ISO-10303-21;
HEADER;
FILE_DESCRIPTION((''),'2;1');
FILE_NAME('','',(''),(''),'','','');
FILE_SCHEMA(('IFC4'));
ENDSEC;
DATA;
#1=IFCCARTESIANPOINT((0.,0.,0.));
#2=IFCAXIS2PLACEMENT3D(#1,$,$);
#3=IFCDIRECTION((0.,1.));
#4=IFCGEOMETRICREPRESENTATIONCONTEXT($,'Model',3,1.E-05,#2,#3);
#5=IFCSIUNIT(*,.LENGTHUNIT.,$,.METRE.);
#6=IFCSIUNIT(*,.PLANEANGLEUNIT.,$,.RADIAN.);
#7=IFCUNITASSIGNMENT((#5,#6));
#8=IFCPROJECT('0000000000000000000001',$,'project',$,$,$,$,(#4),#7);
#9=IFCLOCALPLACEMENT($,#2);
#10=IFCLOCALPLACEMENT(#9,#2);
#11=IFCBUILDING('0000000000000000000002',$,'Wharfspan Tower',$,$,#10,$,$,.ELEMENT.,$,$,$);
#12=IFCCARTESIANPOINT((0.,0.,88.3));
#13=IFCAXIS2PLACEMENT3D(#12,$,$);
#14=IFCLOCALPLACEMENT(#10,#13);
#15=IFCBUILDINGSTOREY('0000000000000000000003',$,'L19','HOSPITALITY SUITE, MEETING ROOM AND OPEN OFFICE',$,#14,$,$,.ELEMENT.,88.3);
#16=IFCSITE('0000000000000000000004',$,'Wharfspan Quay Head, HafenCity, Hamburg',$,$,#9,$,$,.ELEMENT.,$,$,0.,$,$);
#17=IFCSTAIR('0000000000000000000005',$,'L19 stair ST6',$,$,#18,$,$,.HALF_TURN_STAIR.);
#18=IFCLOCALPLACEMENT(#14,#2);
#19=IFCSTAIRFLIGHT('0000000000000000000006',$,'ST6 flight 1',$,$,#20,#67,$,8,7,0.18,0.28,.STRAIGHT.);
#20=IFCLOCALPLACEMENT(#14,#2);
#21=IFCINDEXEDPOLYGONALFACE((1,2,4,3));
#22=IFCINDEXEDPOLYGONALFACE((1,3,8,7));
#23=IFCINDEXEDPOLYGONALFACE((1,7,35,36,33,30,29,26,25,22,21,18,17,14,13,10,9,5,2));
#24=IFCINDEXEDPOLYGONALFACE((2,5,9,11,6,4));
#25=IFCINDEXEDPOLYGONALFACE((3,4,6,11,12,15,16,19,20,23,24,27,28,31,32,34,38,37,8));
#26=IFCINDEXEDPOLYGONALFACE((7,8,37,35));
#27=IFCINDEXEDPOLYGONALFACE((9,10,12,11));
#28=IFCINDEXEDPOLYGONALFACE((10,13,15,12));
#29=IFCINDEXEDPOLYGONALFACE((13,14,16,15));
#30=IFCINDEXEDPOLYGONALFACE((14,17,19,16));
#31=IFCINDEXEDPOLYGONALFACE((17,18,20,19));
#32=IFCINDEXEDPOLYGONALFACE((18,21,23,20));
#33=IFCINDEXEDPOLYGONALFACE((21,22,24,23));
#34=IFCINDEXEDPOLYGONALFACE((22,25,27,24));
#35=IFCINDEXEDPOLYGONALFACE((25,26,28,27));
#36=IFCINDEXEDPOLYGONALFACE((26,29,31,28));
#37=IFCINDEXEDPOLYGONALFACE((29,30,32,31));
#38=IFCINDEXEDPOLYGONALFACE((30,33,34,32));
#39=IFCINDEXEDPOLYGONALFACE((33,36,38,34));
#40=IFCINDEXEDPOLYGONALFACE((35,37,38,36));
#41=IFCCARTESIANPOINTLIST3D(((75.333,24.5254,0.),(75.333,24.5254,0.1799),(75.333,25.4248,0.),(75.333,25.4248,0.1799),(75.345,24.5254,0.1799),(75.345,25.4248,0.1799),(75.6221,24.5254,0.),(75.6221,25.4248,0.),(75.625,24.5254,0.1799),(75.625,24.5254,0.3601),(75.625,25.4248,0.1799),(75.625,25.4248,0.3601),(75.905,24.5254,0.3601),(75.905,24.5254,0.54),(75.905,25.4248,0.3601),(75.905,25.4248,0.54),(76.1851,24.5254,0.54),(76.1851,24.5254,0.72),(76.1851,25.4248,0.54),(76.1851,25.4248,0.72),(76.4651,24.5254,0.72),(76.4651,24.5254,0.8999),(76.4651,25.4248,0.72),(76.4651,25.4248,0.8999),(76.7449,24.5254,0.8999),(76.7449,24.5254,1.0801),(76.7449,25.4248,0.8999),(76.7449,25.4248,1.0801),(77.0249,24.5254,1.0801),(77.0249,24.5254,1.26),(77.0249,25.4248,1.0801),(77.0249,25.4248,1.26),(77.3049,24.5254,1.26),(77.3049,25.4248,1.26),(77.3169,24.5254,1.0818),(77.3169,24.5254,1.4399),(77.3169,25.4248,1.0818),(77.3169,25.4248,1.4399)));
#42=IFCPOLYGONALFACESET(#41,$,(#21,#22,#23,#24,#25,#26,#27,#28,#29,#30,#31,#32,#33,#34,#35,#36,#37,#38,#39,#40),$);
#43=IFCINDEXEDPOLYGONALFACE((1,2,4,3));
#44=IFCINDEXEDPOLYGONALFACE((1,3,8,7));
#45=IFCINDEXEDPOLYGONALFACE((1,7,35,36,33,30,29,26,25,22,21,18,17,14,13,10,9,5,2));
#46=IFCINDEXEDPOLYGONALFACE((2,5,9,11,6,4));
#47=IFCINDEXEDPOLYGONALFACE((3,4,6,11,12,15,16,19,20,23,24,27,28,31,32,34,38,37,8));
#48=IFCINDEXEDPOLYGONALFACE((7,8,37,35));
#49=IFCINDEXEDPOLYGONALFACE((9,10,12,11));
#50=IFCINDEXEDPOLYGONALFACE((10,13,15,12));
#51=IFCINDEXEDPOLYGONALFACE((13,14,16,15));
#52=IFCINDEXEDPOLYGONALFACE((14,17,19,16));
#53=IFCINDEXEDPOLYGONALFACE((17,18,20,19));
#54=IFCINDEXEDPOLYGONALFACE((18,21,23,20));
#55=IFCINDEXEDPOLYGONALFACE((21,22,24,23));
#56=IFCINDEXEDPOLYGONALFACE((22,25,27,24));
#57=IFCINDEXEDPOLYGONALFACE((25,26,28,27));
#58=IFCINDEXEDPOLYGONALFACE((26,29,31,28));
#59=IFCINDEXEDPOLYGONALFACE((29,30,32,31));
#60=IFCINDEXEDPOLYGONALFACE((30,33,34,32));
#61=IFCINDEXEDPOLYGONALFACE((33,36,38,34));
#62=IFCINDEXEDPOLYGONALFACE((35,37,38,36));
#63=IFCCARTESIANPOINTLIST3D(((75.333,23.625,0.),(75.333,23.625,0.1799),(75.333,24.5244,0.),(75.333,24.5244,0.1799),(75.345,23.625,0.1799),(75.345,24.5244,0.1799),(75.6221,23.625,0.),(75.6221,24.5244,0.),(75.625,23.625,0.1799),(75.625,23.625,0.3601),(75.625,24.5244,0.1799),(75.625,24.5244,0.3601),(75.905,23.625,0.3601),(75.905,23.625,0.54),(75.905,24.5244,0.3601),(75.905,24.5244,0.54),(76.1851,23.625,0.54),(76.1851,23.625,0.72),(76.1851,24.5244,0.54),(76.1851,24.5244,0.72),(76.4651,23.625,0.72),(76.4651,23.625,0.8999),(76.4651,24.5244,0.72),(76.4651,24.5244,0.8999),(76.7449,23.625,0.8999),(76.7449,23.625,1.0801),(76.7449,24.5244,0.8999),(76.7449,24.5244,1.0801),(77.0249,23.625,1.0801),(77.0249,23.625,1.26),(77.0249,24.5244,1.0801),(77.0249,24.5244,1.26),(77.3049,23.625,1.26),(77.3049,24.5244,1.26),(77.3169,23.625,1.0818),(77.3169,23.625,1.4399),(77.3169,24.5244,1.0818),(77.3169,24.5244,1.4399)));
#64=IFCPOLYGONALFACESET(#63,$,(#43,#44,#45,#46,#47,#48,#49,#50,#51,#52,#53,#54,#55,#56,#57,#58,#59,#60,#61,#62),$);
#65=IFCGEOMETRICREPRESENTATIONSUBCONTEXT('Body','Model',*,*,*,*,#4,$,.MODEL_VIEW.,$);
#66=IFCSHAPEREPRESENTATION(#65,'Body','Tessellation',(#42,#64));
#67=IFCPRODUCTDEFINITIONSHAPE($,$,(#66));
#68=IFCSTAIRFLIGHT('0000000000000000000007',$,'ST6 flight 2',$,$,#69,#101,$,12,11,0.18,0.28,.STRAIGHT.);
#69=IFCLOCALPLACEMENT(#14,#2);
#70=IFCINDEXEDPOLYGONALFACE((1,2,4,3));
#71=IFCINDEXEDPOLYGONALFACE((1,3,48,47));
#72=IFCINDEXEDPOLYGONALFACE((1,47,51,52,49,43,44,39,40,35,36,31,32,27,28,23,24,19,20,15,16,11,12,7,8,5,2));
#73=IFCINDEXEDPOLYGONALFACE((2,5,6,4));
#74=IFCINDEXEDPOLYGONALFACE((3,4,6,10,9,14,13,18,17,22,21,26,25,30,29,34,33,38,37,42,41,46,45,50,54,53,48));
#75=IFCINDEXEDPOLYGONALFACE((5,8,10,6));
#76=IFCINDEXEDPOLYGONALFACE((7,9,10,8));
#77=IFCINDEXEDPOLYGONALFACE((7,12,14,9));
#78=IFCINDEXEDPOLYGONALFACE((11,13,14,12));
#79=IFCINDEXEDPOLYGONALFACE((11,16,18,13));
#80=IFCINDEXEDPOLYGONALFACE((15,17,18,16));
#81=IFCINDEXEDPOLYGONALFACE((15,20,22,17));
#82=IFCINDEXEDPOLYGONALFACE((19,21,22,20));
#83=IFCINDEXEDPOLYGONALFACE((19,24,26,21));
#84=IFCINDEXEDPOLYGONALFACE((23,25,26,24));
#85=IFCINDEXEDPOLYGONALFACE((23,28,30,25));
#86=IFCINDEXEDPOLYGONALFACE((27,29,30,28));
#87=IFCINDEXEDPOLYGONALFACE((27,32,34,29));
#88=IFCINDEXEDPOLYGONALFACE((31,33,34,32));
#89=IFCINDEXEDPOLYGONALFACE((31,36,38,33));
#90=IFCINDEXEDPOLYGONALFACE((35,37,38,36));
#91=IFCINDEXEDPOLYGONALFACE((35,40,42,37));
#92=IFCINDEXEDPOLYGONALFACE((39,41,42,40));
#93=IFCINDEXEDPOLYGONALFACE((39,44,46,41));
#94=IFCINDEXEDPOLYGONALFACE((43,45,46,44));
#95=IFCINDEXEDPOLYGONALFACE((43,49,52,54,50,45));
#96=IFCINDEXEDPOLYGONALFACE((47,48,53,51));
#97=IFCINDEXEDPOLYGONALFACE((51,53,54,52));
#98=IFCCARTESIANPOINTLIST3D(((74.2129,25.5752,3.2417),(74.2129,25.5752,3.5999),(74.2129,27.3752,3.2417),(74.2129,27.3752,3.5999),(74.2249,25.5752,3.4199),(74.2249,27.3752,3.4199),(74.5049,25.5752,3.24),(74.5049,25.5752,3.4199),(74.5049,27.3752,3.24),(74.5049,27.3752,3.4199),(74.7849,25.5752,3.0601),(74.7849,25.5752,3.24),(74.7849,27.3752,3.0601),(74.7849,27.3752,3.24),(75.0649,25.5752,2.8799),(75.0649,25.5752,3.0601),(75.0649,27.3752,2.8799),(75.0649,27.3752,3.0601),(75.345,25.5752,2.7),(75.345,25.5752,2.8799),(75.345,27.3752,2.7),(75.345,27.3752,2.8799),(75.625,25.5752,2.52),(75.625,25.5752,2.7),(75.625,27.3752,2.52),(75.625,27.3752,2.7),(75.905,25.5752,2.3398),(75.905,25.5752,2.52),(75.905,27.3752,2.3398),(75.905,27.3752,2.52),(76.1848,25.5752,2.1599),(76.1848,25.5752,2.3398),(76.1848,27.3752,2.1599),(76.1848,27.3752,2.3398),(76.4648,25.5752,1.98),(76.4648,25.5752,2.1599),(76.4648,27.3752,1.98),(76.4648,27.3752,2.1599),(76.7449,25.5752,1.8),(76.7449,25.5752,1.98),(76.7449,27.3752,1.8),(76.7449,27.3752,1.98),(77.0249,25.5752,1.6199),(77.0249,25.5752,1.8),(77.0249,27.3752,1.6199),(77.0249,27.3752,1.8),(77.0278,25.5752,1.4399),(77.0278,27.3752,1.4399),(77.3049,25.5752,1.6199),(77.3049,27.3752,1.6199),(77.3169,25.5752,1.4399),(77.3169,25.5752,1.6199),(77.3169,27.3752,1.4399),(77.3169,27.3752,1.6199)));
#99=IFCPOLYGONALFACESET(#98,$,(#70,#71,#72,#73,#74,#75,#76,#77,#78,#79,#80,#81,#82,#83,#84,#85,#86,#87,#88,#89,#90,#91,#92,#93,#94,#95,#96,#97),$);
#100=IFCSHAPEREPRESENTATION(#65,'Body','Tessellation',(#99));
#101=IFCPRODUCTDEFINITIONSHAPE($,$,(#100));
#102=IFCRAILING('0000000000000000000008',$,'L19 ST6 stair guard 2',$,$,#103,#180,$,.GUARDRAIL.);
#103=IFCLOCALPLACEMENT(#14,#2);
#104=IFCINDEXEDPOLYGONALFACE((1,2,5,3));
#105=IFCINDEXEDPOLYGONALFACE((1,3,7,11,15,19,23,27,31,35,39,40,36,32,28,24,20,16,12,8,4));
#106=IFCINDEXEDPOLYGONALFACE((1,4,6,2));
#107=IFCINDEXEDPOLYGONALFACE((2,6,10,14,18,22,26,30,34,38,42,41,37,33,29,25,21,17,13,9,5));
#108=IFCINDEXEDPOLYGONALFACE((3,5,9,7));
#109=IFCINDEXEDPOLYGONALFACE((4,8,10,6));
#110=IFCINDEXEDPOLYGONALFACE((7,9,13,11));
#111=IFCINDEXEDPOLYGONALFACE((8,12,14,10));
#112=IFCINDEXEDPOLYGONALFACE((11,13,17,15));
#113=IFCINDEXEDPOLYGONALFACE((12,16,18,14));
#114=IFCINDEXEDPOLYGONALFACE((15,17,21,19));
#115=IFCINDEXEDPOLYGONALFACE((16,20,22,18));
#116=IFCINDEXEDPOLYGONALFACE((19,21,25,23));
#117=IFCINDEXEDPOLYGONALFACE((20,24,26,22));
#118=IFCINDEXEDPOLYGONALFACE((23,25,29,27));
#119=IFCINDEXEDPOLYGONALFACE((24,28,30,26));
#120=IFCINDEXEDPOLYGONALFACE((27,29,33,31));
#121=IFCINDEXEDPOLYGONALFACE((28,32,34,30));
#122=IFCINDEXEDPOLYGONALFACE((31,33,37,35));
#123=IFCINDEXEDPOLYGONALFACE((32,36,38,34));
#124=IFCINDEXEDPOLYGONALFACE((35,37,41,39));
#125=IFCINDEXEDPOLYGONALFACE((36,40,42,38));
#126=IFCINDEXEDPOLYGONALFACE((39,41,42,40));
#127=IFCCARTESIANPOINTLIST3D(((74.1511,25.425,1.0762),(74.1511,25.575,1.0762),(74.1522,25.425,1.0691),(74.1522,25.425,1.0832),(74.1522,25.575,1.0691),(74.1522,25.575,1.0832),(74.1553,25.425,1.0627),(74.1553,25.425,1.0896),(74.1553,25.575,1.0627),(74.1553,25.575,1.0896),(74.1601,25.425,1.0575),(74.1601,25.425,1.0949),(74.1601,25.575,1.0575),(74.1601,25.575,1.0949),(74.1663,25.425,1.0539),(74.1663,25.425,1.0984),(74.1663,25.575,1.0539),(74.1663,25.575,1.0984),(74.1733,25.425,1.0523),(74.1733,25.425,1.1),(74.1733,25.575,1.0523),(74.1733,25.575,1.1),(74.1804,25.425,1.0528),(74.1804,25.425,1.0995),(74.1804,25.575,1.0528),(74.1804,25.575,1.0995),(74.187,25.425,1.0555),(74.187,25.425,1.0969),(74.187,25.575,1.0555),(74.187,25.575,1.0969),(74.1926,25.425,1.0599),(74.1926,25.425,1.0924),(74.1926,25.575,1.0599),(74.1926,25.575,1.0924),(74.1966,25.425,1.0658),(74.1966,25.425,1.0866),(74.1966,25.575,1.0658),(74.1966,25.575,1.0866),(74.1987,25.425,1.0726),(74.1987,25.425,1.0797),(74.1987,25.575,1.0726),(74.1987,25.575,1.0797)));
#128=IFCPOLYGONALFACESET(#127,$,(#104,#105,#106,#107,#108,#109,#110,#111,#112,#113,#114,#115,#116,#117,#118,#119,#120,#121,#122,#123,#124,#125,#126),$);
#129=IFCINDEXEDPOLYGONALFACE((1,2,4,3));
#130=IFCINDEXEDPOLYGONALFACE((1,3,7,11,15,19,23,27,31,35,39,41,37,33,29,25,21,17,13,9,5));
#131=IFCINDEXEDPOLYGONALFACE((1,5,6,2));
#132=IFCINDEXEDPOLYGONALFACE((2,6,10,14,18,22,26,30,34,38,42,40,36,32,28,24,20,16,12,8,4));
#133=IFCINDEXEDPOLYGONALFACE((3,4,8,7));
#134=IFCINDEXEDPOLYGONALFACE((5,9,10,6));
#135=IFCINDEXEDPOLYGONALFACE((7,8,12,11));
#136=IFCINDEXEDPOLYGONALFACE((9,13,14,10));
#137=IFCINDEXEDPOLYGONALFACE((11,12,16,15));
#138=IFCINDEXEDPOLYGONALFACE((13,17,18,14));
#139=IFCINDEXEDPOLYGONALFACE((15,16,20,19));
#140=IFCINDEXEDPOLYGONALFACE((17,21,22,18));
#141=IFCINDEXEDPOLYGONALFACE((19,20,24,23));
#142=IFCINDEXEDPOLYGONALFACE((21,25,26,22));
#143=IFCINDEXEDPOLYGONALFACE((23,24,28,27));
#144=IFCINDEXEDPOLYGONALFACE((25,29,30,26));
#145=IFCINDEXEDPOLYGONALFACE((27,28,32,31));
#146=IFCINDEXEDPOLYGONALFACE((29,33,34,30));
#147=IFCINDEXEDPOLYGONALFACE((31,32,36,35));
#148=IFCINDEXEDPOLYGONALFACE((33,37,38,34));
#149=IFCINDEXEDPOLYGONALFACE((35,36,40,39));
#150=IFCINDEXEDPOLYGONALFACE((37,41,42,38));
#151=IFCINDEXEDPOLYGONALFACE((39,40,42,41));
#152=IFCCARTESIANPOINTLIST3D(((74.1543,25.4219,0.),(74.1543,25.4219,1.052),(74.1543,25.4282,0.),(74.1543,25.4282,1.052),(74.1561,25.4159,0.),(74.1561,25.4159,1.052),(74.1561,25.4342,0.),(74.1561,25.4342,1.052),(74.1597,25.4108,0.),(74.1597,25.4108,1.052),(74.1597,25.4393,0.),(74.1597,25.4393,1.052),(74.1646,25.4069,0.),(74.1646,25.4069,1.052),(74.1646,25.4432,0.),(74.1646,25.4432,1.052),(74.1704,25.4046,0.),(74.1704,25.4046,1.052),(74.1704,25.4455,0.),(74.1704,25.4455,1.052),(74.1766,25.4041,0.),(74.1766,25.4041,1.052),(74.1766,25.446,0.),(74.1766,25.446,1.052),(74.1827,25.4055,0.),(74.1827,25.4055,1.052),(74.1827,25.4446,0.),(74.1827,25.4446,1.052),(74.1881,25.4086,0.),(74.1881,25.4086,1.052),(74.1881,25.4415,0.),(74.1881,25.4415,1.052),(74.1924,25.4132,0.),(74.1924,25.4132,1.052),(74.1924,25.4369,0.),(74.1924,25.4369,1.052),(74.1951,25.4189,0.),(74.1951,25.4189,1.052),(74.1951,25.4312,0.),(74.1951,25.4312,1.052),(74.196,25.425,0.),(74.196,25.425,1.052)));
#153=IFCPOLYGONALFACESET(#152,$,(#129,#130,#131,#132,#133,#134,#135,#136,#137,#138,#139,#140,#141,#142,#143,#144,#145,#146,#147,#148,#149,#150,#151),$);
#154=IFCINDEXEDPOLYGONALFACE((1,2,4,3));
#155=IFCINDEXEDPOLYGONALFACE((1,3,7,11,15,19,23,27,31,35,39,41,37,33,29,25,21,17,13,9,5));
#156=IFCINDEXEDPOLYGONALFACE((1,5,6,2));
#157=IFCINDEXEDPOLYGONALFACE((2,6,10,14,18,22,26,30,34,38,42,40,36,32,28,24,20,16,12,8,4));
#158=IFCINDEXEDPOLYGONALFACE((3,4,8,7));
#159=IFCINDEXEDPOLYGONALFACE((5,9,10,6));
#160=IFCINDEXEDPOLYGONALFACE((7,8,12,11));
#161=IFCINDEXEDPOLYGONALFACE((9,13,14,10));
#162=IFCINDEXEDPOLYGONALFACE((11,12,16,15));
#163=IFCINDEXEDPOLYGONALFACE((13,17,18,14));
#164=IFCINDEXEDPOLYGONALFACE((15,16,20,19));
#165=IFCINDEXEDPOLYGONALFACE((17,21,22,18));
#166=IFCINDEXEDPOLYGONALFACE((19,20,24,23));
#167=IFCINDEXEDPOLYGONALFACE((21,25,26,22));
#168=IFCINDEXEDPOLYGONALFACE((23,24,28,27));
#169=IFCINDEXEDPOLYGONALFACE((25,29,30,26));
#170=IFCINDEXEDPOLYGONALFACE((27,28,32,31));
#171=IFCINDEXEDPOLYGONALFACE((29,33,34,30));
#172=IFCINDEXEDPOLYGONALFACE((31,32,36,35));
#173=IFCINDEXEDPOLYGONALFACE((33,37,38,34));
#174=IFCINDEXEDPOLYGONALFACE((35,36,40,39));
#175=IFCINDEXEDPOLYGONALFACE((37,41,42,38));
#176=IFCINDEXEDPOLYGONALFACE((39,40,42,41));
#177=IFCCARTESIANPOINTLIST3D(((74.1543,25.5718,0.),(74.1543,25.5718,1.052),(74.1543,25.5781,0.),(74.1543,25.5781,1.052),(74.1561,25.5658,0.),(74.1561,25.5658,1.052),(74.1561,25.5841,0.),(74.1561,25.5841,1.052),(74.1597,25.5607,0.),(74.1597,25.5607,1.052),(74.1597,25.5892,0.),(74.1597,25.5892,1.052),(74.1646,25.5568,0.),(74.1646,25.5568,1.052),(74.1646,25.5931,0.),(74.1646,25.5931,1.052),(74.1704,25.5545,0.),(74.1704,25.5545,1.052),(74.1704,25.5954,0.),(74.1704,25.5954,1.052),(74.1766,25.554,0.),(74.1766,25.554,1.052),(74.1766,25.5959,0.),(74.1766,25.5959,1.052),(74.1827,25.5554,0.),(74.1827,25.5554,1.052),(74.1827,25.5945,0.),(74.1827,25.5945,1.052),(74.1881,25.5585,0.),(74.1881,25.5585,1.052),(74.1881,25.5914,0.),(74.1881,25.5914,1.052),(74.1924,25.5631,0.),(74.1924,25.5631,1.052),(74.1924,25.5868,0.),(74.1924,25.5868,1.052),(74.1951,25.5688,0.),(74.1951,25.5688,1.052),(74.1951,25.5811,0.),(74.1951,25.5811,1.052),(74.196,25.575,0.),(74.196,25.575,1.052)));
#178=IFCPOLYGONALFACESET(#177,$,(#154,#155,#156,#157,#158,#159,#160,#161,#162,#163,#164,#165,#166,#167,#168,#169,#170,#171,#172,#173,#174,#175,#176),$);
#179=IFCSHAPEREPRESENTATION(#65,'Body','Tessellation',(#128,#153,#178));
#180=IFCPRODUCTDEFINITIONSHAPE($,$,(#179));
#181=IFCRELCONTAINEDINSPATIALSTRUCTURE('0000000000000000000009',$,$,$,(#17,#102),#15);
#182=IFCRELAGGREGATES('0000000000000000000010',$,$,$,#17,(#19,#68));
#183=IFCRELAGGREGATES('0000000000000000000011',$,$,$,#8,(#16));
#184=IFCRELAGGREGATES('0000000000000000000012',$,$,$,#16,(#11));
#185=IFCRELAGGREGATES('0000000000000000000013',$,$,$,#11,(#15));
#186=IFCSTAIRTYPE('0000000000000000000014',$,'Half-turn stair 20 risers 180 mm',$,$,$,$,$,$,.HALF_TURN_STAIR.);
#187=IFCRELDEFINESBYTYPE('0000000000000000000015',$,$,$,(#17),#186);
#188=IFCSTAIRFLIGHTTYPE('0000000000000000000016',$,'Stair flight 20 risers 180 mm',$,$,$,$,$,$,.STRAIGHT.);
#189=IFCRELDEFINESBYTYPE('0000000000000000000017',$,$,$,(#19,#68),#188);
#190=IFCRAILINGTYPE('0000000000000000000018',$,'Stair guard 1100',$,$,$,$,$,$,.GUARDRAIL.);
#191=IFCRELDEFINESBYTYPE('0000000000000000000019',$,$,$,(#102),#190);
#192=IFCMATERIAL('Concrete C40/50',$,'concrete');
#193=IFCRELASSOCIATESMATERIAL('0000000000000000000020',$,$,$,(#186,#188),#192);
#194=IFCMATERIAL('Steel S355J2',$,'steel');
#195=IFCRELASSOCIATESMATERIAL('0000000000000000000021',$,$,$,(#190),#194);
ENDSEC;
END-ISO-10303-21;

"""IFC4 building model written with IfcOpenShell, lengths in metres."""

from ifc_helpers import new_model, si_unit, direction, frame, origin, origin_2d, place, context, subcontext, project, spatial, polyline, circle, outline, extrude, material, type_object, element, aggregate, save


model = new_model("IFC4")

# Units and contexts
model_context = context("Model", 3, precision=1e-05, world=origin(), true_north=direction((0.0, 1.0)))
body_context = subcontext(model_context, "Body", "Model", "MODEL_VIEW")
ifc_project = project(units=[si_unit("LENGTHUNIT", "METRE"), si_unit("PLANEANGLEUNIT", "RADIAN")], contexts=[model_context])

# Site, building, storey
site_placement = place(None, origin())
site = spatial("IfcSite", under=ifc_project, at=site_placement, Name="Wharfspan Quay Head, HafenCity, Hamburg", CompositionType="ELEMENT", RefElevation=0.0)
building_placement = place(site_placement, origin())
building = spatial("IfcBuilding", under=site, at=building_placement, Name="Wharfspan Tower", CompositionType="ELEMENT")
storey_placement = place(building_placement, frame((0.0, 0.0, 88.3)))
storey = spatial("IfcBuildingStorey", under=building, at=storey_placement, Name="L19", Description="HOSPITALITY SUITE, MEETING ROOM AND OPEN OFFICE", CompositionType="ELEMENT", Elevation=88.3)

# Shared definitions
ifc_material_1 = material(Name="Steel S355J2", Category="steel")

# Shared definitions
ifc_material_2 = material(Name="Concrete C40/50", Category="concrete")

# Stair, stair flights
stair_type = type_object("IfcStairType", Name="Half-turn stair 20 risers 180 mm", PredefinedType="HALF_TURN_STAIR", material=ifc_material_2)
stair_placement = place(storey_placement, origin())
stair = element("IfcStair", 1, at=stair_placement, inside=storey, type_object=stair_type, Name="L19 stair ST6", PredefinedType="HALF_TURN_STAIR")
stair_flight_type = type_object("IfcStairFlightType", Name="Stair flight 20 risers 180 mm", PredefinedType="STRAIGHT", material=ifc_material_2)
stair_flight_1_placement = place(storey_placement, frame((75.345, 24.5249, 0.0), z_axis=(0.0, 0.0, 1.0), x_axis=(1.0, 0.0, 0.0)))
stair_flight_1 = element("IfcStairFlight", 2, at=stair_flight_1_placement, type_object=stair_flight_type, Name="ST6 flight 1", NumberOfRisers=8, NumberOfTreads=7, PredefinedType="STRAIGHT", RiserHeight=0.18, TreadLength=0.28, context=body_context, shape_type="SweptSolid", body=[
    extrude(outline(polyline([(-0.012, 0.0), (-0.012, 0.1799), (0.0, 0.1799), (0.28, 0.1799), (0.28, 0.3601), (0.5601, 0.3601), (0.5601, 0.54), (0.8401, 0.54), (0.8401, 0.72), (1.1201, 0.72), (1.1201, 0.8999), (1.3999, 0.8999), (1.3999, 1.0801), (1.6799, 1.0801), (1.6799, 1.26), (1.96, 1.26), (1.9719, 1.4399), (1.9719, 1.0818), (0.2771, 0.0), (-0.012, 0.0)])), frame((0.0, 0.8999, 0.0), z_axis=(0.0, -1.0, 0.0), x_axis=(1.0, 0.0, 0.0)), (0.0, 0.0, 1.0), 0.8994),
    extrude(outline(polyline([(-0.012, 0.0), (-0.012, 0.1799), (0.0, 0.1799), (0.28, 0.1799), (0.28, 0.3601), (0.5601, 0.3601), (0.5601, 0.54), (0.8401, 0.54), (0.8401, 0.72), (1.1201, 0.72), (1.1201, 0.8999), (1.3999, 0.8999), (1.3999, 1.0801), (1.6799, 1.0801), (1.6799, 1.26), (1.96, 1.26), (1.9719, 1.4399), (1.9719, 1.0818), (0.2771, 0.0), (-0.012, 0.0)])), frame((0.0, -0.0005, 0.0), z_axis=(0.0, -1.0, 0.0), x_axis=(1.0, 0.0, 0.0)), (0.0, 0.0, 1.0), 0.8994),
])
stair_flight_2_placement = place(storey_placement, frame((77.3049, 26.4751, 1.4399), z_axis=(0.0, 0.0, 1.0), x_axis=(-1.0, 0.0, 0.0)))
stair_flight_2 = element("IfcStairFlight", 3, at=stair_flight_2_placement, type_object=stair_flight_type, Name="ST6 flight 2", NumberOfRisers=12, NumberOfTreads=11, PredefinedType="STRAIGHT", RiserHeight=0.18, TreadLength=0.28, context=body_context, shape_type="SweptSolid", body=[
    extrude(outline(polyline([(-0.012, 0.0), (-0.012, 0.1799), (0.0, 0.1799), (0.28, 0.1799), (0.28, 0.3601), (0.5601, 0.3601), (0.5601, 0.54), (0.8401, 0.54), (0.8401, 0.72), (1.1201, 0.72), (1.1201, 0.8999), (1.3999, 0.8999), (1.3999, 1.0801), (1.6799, 1.0801), (1.6799, 1.26), (1.96, 1.26), (1.96, 1.4399), (2.24, 1.4399), (2.24, 1.6201), (2.52, 1.6201), (2.52, 1.8), (2.8, 1.8), (2.8, 1.98), (3.0801, 1.98), (3.092, 2.1599), (3.092, 1.8018), (0.2771, 0.0), (-0.012, 0.0)])), frame((0.0, 0.8999, 0.0), z_axis=(0.0, -1.0, 0.0), x_axis=(1.0, 0.0, 0.0)), (0.0, 0.0, 1.0), 1.8),
])
aggregate(stair, [stair_flight_1, stair_flight_2])

# Railing
railing_type_1 = type_object("IfcRailingType", Name="Stair guard 1100", PredefinedType="GUARDRAIL", material=ifc_material_1)
railing_1_placement = place(storey_placement, frame((74.175, 25.425, 0.0)))
element("IfcRailing", 4, at=railing_1_placement, inside=storey, type_object=railing_type_1, Name="L19 ST6 stair guard 2", PredefinedType="GUARDRAIL", context=body_context, shape_type="SweptSolid", body=[
    extrude(circle(Radius=0.0239, at=origin_2d()), frame((0.0, 0.0, 1.0762), z_axis=(0.0, 1.0, 0.0), x_axis=(-1.0, 0.0, 0.0)), (0.0, 0.0, 1.0), 0.1499),
    extrude(circle(Radius=0.021, at=origin_2d()), origin(), (0.0, 0.0, 1.0), 1.052),
    extrude(circle(Radius=0.021, at=origin_2d()), frame((0.0, 0.1499, 0.0)), (0.0, 0.0, 1.0), 1.052),
])

save(model, "model.ifc")
